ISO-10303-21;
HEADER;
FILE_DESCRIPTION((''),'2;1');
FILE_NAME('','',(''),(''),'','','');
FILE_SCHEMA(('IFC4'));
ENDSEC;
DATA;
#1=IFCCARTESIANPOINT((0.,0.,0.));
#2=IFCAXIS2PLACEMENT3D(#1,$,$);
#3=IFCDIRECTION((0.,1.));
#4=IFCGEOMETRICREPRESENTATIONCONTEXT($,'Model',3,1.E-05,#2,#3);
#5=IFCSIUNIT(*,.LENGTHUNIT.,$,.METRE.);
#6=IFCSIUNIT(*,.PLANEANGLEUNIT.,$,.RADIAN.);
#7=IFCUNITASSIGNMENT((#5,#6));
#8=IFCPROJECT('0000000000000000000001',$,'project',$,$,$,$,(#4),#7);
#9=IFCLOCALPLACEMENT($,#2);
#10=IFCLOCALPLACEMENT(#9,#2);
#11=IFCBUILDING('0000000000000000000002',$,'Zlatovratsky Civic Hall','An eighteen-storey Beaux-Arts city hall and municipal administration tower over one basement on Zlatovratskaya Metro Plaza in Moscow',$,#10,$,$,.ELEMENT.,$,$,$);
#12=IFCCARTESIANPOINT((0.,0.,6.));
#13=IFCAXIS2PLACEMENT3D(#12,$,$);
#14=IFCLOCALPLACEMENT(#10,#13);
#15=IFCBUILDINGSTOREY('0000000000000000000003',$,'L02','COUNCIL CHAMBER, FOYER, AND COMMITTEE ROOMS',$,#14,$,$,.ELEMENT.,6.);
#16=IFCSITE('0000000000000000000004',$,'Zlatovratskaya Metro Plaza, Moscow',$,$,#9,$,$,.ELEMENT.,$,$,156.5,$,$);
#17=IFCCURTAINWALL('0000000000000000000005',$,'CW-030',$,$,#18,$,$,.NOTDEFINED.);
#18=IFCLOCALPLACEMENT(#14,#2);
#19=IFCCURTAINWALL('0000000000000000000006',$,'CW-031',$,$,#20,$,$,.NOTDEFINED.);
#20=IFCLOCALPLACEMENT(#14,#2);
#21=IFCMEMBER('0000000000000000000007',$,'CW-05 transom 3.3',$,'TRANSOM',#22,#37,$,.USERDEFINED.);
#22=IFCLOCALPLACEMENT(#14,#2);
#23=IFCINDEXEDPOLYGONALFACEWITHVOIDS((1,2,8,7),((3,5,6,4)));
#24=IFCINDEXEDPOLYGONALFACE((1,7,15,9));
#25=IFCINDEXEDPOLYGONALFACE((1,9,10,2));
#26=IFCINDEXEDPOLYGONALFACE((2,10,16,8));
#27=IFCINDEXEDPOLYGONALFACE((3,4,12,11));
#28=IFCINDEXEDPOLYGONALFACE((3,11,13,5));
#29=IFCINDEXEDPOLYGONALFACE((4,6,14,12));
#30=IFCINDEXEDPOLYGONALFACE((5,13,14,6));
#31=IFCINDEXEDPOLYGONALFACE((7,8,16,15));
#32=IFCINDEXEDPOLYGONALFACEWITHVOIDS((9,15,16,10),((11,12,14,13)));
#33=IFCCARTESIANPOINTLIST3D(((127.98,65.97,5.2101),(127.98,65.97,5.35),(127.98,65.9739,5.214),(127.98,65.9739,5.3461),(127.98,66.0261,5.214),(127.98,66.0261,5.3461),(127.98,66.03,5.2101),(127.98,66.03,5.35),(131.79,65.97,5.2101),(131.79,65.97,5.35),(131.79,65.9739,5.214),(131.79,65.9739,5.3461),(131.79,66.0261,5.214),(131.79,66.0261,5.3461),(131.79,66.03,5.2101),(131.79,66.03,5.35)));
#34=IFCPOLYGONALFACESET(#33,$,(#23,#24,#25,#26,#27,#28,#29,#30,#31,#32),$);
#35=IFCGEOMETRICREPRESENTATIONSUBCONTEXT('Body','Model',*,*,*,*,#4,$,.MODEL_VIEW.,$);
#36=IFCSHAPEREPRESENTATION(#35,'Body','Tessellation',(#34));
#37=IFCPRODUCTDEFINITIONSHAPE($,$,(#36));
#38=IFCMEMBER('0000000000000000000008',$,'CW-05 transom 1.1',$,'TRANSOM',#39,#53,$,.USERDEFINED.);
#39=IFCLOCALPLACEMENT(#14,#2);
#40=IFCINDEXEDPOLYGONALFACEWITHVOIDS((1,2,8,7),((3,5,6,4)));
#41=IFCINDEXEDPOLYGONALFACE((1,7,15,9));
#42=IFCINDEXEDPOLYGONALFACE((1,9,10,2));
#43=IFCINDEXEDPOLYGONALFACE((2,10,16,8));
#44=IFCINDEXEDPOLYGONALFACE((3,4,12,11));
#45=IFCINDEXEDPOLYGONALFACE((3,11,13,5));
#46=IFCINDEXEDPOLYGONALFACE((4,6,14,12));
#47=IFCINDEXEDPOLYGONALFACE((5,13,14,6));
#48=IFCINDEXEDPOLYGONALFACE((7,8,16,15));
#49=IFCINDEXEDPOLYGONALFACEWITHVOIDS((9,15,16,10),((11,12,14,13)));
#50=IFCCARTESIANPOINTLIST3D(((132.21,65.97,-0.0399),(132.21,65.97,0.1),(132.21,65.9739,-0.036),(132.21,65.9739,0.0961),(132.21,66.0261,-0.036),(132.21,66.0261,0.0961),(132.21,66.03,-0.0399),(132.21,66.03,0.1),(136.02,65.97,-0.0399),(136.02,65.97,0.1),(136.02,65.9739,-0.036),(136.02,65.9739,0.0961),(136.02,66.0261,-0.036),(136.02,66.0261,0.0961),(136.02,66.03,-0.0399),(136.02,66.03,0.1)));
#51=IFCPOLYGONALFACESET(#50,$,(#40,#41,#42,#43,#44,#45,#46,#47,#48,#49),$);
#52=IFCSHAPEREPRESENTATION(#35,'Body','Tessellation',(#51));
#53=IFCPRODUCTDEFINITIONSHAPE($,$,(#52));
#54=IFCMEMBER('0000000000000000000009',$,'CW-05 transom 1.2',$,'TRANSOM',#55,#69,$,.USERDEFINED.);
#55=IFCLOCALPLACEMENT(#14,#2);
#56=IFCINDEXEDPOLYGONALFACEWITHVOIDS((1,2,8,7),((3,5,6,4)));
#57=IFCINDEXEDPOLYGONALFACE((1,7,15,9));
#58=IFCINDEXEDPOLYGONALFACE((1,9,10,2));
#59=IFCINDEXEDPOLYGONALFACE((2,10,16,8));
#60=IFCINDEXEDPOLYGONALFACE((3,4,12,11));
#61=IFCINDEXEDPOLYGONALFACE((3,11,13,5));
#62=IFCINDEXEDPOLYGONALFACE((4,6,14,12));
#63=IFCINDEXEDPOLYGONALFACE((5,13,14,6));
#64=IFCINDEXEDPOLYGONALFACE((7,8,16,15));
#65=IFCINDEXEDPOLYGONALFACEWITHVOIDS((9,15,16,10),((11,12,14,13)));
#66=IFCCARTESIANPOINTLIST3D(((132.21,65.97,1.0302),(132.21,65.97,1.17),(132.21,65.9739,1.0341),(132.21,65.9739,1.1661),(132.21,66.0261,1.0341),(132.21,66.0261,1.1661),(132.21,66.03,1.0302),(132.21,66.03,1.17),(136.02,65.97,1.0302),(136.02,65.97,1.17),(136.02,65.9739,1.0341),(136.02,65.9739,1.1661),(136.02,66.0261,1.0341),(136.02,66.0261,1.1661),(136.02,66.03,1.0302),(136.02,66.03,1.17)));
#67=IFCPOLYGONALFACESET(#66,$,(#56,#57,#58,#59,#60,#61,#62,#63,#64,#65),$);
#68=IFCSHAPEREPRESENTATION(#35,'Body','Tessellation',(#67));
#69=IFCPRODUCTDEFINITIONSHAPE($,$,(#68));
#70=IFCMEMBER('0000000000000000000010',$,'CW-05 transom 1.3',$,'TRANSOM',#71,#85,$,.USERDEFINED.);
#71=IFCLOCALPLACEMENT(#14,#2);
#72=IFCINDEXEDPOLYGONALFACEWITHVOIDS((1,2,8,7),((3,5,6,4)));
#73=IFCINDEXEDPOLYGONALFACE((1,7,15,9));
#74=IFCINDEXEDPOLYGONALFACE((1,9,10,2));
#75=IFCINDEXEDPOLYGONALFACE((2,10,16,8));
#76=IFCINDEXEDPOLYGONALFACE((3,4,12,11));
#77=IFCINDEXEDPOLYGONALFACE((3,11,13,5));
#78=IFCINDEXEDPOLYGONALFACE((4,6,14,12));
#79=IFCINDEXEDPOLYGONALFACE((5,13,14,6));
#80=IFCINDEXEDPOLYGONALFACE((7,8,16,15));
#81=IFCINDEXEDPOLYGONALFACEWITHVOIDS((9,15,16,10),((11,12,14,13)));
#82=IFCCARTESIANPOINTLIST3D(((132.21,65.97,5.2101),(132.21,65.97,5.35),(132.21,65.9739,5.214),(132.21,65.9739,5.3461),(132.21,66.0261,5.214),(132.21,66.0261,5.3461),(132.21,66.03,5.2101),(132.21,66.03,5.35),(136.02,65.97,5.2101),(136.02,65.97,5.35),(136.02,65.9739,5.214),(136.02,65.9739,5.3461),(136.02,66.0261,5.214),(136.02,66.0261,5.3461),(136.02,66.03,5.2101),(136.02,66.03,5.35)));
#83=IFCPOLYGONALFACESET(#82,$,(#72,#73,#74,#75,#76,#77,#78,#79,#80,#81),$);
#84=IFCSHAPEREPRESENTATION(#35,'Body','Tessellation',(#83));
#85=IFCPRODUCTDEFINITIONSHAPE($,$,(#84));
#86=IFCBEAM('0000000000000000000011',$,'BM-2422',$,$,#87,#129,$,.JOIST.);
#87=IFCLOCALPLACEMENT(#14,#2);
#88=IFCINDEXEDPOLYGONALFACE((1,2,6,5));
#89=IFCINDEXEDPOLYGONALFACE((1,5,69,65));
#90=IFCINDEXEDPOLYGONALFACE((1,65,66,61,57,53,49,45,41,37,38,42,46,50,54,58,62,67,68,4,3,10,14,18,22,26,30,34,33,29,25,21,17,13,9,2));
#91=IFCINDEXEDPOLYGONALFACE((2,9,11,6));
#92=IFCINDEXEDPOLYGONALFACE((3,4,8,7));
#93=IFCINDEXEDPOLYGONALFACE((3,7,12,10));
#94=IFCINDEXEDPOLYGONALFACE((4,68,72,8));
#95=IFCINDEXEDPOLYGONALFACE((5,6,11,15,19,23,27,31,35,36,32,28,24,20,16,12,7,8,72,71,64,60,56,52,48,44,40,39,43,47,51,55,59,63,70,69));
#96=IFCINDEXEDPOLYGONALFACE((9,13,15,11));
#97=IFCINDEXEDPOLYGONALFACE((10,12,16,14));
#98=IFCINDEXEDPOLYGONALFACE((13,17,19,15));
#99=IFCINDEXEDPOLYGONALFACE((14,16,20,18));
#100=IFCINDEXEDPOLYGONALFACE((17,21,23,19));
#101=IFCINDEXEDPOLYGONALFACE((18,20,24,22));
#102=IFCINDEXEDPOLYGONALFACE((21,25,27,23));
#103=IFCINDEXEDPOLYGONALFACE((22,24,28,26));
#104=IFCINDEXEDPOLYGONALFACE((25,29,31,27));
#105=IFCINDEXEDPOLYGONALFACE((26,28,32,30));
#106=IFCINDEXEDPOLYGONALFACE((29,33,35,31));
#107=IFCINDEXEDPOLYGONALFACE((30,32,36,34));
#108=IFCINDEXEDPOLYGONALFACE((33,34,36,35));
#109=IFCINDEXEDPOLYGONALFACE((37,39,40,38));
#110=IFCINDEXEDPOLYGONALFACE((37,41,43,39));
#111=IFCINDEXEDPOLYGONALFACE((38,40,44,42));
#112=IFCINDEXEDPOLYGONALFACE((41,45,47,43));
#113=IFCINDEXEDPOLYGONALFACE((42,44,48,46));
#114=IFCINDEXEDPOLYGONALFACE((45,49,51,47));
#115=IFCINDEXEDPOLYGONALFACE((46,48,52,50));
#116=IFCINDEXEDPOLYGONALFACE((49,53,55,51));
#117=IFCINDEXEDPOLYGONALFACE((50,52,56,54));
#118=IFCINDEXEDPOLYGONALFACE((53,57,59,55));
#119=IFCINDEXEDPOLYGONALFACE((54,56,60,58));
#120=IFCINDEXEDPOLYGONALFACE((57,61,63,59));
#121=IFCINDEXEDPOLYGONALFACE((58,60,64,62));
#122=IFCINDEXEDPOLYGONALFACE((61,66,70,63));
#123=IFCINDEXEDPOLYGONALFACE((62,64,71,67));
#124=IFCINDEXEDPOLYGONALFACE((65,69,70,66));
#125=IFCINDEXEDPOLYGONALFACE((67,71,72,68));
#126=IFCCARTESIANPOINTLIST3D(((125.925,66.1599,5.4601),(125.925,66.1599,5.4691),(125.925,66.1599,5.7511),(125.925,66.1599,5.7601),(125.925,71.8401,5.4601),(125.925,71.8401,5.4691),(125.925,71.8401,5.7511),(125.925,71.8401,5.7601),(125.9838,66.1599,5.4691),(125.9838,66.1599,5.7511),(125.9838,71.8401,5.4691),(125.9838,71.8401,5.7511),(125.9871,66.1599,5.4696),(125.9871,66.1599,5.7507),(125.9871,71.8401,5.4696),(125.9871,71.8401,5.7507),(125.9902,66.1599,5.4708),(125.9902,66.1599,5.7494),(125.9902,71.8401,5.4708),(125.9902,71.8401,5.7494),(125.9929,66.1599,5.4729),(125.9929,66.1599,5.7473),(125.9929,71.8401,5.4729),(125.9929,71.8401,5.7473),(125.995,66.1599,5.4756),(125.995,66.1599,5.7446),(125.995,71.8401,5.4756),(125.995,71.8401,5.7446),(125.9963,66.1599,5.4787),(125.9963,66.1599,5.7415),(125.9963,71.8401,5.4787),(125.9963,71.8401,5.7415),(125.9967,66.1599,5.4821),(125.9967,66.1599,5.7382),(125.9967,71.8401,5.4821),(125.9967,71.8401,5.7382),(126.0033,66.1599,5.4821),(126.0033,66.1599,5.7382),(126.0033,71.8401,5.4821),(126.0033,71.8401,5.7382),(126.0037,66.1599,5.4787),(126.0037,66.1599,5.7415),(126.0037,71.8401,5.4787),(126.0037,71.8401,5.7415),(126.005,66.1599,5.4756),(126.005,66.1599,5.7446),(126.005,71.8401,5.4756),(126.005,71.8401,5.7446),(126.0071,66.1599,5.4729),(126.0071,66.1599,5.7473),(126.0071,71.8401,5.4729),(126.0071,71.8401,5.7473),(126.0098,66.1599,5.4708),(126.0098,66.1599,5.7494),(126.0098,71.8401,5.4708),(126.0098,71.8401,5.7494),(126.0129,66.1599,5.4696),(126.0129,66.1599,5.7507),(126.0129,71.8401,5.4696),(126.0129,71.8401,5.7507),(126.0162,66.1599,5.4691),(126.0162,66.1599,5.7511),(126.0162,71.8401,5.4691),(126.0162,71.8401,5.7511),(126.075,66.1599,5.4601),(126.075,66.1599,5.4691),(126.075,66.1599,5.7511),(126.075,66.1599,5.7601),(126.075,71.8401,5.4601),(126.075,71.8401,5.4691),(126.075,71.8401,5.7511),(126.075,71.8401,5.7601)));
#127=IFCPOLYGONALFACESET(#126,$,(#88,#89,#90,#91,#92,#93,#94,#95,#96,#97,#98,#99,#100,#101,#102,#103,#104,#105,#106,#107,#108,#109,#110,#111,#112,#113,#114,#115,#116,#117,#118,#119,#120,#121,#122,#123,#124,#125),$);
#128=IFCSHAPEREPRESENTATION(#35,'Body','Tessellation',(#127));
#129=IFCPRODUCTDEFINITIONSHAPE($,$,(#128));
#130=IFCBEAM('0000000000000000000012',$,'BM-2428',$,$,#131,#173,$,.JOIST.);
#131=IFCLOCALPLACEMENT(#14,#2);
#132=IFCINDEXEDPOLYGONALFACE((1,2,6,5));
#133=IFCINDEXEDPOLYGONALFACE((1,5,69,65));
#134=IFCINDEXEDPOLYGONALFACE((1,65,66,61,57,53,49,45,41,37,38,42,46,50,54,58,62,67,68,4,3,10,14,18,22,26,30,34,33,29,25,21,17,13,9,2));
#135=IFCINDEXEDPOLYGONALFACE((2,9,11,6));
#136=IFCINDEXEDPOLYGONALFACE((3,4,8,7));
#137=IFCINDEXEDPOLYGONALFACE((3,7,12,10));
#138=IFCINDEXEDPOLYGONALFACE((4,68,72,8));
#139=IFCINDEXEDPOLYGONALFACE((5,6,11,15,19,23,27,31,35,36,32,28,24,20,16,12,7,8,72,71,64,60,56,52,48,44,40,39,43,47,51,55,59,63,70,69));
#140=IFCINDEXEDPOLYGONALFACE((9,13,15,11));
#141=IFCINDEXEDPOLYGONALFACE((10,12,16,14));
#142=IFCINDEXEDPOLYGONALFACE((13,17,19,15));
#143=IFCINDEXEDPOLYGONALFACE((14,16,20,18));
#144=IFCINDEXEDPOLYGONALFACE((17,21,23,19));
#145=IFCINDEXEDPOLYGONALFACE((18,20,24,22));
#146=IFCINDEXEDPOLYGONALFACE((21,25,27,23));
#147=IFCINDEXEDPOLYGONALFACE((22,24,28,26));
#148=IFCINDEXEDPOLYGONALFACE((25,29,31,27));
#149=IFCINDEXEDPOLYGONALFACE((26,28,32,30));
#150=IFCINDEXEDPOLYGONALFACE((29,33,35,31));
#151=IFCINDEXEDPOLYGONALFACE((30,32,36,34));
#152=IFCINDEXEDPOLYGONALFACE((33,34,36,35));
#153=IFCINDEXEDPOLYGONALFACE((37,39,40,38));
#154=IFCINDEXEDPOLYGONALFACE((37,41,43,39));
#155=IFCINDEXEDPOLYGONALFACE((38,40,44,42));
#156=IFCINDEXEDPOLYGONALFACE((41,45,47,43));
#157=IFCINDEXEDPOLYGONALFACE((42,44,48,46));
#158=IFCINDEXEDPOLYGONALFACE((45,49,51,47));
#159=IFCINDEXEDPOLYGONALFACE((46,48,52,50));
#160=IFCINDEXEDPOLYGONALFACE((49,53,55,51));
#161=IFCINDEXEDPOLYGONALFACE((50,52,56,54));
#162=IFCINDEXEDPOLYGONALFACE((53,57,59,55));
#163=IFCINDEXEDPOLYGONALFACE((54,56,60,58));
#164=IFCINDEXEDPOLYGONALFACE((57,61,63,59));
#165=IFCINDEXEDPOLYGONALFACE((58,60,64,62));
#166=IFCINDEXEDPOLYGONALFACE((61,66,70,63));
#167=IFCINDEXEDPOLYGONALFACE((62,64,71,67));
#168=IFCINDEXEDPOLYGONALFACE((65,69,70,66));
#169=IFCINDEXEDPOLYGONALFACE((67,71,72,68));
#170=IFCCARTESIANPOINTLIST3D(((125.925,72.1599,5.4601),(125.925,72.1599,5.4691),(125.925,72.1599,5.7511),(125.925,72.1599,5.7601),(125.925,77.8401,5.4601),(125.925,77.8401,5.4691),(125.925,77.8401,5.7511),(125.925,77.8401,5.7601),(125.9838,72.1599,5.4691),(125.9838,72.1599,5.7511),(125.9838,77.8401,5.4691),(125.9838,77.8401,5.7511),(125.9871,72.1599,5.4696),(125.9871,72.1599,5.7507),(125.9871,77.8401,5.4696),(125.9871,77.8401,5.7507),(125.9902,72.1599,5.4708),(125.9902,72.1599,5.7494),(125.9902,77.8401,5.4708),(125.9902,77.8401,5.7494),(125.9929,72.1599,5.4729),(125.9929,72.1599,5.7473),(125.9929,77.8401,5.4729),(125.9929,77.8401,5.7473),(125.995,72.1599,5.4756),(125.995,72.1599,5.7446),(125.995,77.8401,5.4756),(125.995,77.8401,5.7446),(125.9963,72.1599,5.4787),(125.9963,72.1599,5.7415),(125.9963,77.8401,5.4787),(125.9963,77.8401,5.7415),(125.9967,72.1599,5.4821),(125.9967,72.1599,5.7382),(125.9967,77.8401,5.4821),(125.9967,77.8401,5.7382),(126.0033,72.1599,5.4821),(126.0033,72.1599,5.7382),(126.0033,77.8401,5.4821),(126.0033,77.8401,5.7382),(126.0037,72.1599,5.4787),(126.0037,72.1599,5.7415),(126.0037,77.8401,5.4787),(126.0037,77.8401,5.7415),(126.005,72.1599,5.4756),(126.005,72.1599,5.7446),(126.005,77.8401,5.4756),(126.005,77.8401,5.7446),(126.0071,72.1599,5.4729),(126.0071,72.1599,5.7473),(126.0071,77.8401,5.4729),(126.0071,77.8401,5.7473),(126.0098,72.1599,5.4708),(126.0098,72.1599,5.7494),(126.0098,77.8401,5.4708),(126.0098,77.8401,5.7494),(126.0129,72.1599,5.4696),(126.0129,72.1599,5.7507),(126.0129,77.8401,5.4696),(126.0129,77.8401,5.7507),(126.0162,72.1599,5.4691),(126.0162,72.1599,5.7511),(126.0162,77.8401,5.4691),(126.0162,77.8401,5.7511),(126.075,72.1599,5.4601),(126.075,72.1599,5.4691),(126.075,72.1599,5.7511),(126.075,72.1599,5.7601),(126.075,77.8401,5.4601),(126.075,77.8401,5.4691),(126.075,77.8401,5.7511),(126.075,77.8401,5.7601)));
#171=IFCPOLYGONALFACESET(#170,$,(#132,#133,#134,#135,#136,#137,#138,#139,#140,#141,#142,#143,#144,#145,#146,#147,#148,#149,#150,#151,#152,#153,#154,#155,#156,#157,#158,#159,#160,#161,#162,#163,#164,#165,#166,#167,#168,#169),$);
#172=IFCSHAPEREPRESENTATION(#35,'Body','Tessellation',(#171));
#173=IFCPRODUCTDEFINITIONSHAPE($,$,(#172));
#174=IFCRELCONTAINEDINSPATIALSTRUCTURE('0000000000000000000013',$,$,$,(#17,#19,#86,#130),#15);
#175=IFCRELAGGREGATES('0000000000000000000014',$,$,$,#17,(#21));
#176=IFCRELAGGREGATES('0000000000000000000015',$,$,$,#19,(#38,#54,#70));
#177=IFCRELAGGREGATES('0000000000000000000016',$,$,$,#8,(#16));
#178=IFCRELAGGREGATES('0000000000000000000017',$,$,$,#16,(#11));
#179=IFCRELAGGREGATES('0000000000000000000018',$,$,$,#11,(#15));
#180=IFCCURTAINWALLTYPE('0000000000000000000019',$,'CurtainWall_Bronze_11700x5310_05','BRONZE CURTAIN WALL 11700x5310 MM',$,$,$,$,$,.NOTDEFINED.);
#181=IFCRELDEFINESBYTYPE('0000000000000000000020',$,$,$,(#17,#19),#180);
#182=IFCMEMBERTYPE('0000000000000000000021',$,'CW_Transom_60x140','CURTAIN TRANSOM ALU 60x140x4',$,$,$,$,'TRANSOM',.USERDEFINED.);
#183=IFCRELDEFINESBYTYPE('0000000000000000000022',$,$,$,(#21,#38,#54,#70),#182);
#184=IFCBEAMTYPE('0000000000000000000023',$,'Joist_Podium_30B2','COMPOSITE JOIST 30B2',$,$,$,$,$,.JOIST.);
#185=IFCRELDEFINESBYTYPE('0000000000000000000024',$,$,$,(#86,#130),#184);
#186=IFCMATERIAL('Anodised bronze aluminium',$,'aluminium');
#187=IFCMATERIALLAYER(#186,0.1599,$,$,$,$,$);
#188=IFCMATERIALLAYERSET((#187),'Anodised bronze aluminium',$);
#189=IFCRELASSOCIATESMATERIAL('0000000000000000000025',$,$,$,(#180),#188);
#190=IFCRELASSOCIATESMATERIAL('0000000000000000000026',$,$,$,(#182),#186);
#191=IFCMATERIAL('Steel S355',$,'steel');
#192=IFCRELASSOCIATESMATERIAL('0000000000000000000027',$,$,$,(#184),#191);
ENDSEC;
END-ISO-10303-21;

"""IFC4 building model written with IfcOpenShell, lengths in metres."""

from ifc_helpers import new_model, si_unit, direction, frame, origin, origin_2d, place, context, subcontext, project, spatial, hollow_rectangle, i_section, extrude, material, layer, layer_set, material_profile, profile_set, type_object, element, aggregate, save


model = new_model("IFC4")

# Units and contexts
model_context = context("Model", 3, precision=1e-05, world=origin(), true_north=direction((0.0, 1.0)))
body_context = subcontext(model_context, "Body", "Model", "MODEL_VIEW")
ifc_project = project(units=[si_unit("LENGTHUNIT", "METRE"), si_unit("PLANEANGLEUNIT", "RADIAN")], contexts=[model_context])

# Site, building, storey
site_placement = place(None, origin())
site = spatial("IfcSite", under=ifc_project, at=site_placement, Name="Zlatovratskaya Metro Plaza, Moscow", CompositionType="ELEMENT", RefElevation=156.5)
building_placement = place(site_placement, origin())
building = spatial("IfcBuilding", under=site, at=building_placement, Name="Zlatovratsky Civic Hall", Description="An eighteen-storey Beaux-Arts city hall and municipal administration tower over one basement on Zlatovratskaya Metro Plaza in Moscow", CompositionType="ELEMENT")
storey_placement = place(building_placement, frame((0.0, 0.0, 6.0)))
storey = spatial("IfcBuildingStorey", under=building, at=storey_placement, Name="L02", Description="COUNCIL CHAMBER, FOYER, AND COMMITTEE ROOMS", CompositionType="ELEMENT", Elevation=6.0)

# Shared definitions
ifc_material_1 = material(Name="Steel S355", Category="steel")

# Curtain wall
ifc_material_2 = material(Name="Anodised bronze aluminium", Category="aluminium")
ifc_layer_1 = layer(ifc_material_2, 0.1599)
ifc_layer_set_1 = layer_set([ifc_layer_1], Name="Anodised bronze aluminium")
curtain_wall_type = type_object("IfcCurtainWallType", Name="CurtainWall_Bronze_11700x5310_05", Description="BRONZE CURTAIN WALL 11700x5310 MM", PredefinedType="NOTDEFINED", material=ifc_layer_set_1)
curtain_wall_1_placement = place(storey_placement, origin())
curtain_wall_1 = element("IfcCurtainWall", 1, at=curtain_wall_1_placement, inside=storey, type_object=curtain_wall_type, Name="CW-030", PredefinedType="NOTDEFINED")

# Curtain wall
curtain_wall_2_placement = place(storey_placement, origin())
curtain_wall_2 = element("IfcCurtainWall", 2, at=curtain_wall_2_placement, inside=storey, type_object=curtain_wall_type, Name="CW-031", PredefinedType="NOTDEFINED")

# Members
ifc_material_profile_1 = material_profile(ifc_material_2, hollow_rectangle(XDim=0.0601, YDim=0.1399, WallThickness=0.0039, at=origin_2d()), Name="ALU 60x140x4")
ifc_profile_set_1 = profile_set([ifc_material_profile_1], Name="Anodised bronze aluminium")
member_type_1 = type_object("IfcMemberType", Name="CW_Transom_60x140", Description="CURTAIN TRANSOM ALU 60x140x4", ElementType="TRANSOM", PredefinedType="USERDEFINED", material=ifc_profile_set_1)
member_1_placement = place(storey_placement, frame((127.98, 66.0, 5.28), z_axis=(1.0, 0.0, 0.0), x_axis=(0.0, 1.0, 0.0)))
member_1 = element("IfcMember", 3, at=member_1_placement, type_object=member_type_1, Name="CW-05 transom 3.3", ObjectType="TRANSOM", PredefinedType="USERDEFINED", context=body_context, shape_type="SweptSolid", body=[
    extrude(hollow_rectangle(XDim=0.0601, YDim=0.1399, WallThickness=0.0039, at=origin_2d()), origin(), (0.0, 0.0, 1.0), 3.8101),
])
member_2_placement = place(storey_placement, frame((132.21, 66.0, 0.03), z_axis=(1.0, 0.0, 0.0), x_axis=(0.0, 1.0, 0.0)))
member_2 = element("IfcMember", 4, at=member_2_placement, type_object=member_type_1, Name="CW-05 transom 1.1", ObjectType="TRANSOM", PredefinedType="USERDEFINED", context=body_context, shape_type="SweptSolid", body=[
    extrude(hollow_rectangle(XDim=0.0601, YDim=0.1399, WallThickness=0.0039, at=origin_2d()), origin(), (0.0, 0.0, 1.0), 3.8101),
])
member_3_placement = place(storey_placement, frame((132.21, 66.0, 1.1001), z_axis=(1.0, 0.0, 0.0), x_axis=(0.0, 1.0, 0.0)))
member_3 = element("IfcMember", 5, at=member_3_placement, type_object=member_type_1, Name="CW-05 transom 1.2", ObjectType="TRANSOM", PredefinedType="USERDEFINED", context=body_context, shape_type="SweptSolid", body=[
    extrude(hollow_rectangle(XDim=0.0601, YDim=0.1399, WallThickness=0.0039, at=origin_2d()), origin(), (0.0, 0.0, 1.0), 3.8101),
])
member_4_placement = place(storey_placement, frame((132.21, 66.0, 5.28), z_axis=(1.0, 0.0, 0.0), x_axis=(0.0, 1.0, 0.0)))
member_4 = element("IfcMember", 6, at=member_4_placement, type_object=member_type_1, Name="CW-05 transom 1.3", ObjectType="TRANSOM", PredefinedType="USERDEFINED", context=body_context, shape_type="SweptSolid", body=[
    extrude(hollow_rectangle(XDim=0.0601, YDim=0.1399, WallThickness=0.0039, at=origin_2d()), origin(), (0.0, 0.0, 1.0), 3.8101),
])

# Beams
ifc_material_profile_2 = material_profile(ifc_material_1, i_section(OverallWidth=0.1499, OverallDepth=0.3, WebThickness=0.0066, FlangeThickness=0.009, FilletRadius=0.0129, at=origin_2d()), Name="30B2")
ifc_profile_set_2 = profile_set([ifc_material_profile_2], Name="Steel S355")
beam_type_1 = type_object("IfcBeamType", Name="Joist_Podium_30B2", Description="COMPOSITE JOIST 30B2", PredefinedType="JOIST", material=ifc_profile_set_2)
for number, where, z_axis, x_axis, name in (
    (7, (126.0, 66.1599, 5.6101), (0.0, 1.0, 0.0), (-1.0, 0.0, 0.0), "BM-2422"),
    (8, (126.0, 72.1599, 5.6101), (0.0, 1.0, 0.0), (-1.0, 0.0, 0.0), "BM-2428"),
):
    element("IfcBeam", number, at=place(storey_placement, frame(where, z_axis=z_axis, x_axis=x_axis)), inside=storey, type_object=beam_type_1, Name=name, PredefinedType="JOIST", context=body_context, shape_type="SweptSolid", body=[
        extrude(i_section(OverallWidth=0.1499, OverallDepth=0.3, WebThickness=0.0066, FlangeThickness=0.009, FilletRadius=0.0129, at=origin_2d()), origin(), (0.0, 0.0, 1.0), 5.6802),
    ])

aggregate(curtain_wall_1, [member_1])
aggregate(curtain_wall_2, [member_2, member_3, member_4])

save(model, "model.ifc")
